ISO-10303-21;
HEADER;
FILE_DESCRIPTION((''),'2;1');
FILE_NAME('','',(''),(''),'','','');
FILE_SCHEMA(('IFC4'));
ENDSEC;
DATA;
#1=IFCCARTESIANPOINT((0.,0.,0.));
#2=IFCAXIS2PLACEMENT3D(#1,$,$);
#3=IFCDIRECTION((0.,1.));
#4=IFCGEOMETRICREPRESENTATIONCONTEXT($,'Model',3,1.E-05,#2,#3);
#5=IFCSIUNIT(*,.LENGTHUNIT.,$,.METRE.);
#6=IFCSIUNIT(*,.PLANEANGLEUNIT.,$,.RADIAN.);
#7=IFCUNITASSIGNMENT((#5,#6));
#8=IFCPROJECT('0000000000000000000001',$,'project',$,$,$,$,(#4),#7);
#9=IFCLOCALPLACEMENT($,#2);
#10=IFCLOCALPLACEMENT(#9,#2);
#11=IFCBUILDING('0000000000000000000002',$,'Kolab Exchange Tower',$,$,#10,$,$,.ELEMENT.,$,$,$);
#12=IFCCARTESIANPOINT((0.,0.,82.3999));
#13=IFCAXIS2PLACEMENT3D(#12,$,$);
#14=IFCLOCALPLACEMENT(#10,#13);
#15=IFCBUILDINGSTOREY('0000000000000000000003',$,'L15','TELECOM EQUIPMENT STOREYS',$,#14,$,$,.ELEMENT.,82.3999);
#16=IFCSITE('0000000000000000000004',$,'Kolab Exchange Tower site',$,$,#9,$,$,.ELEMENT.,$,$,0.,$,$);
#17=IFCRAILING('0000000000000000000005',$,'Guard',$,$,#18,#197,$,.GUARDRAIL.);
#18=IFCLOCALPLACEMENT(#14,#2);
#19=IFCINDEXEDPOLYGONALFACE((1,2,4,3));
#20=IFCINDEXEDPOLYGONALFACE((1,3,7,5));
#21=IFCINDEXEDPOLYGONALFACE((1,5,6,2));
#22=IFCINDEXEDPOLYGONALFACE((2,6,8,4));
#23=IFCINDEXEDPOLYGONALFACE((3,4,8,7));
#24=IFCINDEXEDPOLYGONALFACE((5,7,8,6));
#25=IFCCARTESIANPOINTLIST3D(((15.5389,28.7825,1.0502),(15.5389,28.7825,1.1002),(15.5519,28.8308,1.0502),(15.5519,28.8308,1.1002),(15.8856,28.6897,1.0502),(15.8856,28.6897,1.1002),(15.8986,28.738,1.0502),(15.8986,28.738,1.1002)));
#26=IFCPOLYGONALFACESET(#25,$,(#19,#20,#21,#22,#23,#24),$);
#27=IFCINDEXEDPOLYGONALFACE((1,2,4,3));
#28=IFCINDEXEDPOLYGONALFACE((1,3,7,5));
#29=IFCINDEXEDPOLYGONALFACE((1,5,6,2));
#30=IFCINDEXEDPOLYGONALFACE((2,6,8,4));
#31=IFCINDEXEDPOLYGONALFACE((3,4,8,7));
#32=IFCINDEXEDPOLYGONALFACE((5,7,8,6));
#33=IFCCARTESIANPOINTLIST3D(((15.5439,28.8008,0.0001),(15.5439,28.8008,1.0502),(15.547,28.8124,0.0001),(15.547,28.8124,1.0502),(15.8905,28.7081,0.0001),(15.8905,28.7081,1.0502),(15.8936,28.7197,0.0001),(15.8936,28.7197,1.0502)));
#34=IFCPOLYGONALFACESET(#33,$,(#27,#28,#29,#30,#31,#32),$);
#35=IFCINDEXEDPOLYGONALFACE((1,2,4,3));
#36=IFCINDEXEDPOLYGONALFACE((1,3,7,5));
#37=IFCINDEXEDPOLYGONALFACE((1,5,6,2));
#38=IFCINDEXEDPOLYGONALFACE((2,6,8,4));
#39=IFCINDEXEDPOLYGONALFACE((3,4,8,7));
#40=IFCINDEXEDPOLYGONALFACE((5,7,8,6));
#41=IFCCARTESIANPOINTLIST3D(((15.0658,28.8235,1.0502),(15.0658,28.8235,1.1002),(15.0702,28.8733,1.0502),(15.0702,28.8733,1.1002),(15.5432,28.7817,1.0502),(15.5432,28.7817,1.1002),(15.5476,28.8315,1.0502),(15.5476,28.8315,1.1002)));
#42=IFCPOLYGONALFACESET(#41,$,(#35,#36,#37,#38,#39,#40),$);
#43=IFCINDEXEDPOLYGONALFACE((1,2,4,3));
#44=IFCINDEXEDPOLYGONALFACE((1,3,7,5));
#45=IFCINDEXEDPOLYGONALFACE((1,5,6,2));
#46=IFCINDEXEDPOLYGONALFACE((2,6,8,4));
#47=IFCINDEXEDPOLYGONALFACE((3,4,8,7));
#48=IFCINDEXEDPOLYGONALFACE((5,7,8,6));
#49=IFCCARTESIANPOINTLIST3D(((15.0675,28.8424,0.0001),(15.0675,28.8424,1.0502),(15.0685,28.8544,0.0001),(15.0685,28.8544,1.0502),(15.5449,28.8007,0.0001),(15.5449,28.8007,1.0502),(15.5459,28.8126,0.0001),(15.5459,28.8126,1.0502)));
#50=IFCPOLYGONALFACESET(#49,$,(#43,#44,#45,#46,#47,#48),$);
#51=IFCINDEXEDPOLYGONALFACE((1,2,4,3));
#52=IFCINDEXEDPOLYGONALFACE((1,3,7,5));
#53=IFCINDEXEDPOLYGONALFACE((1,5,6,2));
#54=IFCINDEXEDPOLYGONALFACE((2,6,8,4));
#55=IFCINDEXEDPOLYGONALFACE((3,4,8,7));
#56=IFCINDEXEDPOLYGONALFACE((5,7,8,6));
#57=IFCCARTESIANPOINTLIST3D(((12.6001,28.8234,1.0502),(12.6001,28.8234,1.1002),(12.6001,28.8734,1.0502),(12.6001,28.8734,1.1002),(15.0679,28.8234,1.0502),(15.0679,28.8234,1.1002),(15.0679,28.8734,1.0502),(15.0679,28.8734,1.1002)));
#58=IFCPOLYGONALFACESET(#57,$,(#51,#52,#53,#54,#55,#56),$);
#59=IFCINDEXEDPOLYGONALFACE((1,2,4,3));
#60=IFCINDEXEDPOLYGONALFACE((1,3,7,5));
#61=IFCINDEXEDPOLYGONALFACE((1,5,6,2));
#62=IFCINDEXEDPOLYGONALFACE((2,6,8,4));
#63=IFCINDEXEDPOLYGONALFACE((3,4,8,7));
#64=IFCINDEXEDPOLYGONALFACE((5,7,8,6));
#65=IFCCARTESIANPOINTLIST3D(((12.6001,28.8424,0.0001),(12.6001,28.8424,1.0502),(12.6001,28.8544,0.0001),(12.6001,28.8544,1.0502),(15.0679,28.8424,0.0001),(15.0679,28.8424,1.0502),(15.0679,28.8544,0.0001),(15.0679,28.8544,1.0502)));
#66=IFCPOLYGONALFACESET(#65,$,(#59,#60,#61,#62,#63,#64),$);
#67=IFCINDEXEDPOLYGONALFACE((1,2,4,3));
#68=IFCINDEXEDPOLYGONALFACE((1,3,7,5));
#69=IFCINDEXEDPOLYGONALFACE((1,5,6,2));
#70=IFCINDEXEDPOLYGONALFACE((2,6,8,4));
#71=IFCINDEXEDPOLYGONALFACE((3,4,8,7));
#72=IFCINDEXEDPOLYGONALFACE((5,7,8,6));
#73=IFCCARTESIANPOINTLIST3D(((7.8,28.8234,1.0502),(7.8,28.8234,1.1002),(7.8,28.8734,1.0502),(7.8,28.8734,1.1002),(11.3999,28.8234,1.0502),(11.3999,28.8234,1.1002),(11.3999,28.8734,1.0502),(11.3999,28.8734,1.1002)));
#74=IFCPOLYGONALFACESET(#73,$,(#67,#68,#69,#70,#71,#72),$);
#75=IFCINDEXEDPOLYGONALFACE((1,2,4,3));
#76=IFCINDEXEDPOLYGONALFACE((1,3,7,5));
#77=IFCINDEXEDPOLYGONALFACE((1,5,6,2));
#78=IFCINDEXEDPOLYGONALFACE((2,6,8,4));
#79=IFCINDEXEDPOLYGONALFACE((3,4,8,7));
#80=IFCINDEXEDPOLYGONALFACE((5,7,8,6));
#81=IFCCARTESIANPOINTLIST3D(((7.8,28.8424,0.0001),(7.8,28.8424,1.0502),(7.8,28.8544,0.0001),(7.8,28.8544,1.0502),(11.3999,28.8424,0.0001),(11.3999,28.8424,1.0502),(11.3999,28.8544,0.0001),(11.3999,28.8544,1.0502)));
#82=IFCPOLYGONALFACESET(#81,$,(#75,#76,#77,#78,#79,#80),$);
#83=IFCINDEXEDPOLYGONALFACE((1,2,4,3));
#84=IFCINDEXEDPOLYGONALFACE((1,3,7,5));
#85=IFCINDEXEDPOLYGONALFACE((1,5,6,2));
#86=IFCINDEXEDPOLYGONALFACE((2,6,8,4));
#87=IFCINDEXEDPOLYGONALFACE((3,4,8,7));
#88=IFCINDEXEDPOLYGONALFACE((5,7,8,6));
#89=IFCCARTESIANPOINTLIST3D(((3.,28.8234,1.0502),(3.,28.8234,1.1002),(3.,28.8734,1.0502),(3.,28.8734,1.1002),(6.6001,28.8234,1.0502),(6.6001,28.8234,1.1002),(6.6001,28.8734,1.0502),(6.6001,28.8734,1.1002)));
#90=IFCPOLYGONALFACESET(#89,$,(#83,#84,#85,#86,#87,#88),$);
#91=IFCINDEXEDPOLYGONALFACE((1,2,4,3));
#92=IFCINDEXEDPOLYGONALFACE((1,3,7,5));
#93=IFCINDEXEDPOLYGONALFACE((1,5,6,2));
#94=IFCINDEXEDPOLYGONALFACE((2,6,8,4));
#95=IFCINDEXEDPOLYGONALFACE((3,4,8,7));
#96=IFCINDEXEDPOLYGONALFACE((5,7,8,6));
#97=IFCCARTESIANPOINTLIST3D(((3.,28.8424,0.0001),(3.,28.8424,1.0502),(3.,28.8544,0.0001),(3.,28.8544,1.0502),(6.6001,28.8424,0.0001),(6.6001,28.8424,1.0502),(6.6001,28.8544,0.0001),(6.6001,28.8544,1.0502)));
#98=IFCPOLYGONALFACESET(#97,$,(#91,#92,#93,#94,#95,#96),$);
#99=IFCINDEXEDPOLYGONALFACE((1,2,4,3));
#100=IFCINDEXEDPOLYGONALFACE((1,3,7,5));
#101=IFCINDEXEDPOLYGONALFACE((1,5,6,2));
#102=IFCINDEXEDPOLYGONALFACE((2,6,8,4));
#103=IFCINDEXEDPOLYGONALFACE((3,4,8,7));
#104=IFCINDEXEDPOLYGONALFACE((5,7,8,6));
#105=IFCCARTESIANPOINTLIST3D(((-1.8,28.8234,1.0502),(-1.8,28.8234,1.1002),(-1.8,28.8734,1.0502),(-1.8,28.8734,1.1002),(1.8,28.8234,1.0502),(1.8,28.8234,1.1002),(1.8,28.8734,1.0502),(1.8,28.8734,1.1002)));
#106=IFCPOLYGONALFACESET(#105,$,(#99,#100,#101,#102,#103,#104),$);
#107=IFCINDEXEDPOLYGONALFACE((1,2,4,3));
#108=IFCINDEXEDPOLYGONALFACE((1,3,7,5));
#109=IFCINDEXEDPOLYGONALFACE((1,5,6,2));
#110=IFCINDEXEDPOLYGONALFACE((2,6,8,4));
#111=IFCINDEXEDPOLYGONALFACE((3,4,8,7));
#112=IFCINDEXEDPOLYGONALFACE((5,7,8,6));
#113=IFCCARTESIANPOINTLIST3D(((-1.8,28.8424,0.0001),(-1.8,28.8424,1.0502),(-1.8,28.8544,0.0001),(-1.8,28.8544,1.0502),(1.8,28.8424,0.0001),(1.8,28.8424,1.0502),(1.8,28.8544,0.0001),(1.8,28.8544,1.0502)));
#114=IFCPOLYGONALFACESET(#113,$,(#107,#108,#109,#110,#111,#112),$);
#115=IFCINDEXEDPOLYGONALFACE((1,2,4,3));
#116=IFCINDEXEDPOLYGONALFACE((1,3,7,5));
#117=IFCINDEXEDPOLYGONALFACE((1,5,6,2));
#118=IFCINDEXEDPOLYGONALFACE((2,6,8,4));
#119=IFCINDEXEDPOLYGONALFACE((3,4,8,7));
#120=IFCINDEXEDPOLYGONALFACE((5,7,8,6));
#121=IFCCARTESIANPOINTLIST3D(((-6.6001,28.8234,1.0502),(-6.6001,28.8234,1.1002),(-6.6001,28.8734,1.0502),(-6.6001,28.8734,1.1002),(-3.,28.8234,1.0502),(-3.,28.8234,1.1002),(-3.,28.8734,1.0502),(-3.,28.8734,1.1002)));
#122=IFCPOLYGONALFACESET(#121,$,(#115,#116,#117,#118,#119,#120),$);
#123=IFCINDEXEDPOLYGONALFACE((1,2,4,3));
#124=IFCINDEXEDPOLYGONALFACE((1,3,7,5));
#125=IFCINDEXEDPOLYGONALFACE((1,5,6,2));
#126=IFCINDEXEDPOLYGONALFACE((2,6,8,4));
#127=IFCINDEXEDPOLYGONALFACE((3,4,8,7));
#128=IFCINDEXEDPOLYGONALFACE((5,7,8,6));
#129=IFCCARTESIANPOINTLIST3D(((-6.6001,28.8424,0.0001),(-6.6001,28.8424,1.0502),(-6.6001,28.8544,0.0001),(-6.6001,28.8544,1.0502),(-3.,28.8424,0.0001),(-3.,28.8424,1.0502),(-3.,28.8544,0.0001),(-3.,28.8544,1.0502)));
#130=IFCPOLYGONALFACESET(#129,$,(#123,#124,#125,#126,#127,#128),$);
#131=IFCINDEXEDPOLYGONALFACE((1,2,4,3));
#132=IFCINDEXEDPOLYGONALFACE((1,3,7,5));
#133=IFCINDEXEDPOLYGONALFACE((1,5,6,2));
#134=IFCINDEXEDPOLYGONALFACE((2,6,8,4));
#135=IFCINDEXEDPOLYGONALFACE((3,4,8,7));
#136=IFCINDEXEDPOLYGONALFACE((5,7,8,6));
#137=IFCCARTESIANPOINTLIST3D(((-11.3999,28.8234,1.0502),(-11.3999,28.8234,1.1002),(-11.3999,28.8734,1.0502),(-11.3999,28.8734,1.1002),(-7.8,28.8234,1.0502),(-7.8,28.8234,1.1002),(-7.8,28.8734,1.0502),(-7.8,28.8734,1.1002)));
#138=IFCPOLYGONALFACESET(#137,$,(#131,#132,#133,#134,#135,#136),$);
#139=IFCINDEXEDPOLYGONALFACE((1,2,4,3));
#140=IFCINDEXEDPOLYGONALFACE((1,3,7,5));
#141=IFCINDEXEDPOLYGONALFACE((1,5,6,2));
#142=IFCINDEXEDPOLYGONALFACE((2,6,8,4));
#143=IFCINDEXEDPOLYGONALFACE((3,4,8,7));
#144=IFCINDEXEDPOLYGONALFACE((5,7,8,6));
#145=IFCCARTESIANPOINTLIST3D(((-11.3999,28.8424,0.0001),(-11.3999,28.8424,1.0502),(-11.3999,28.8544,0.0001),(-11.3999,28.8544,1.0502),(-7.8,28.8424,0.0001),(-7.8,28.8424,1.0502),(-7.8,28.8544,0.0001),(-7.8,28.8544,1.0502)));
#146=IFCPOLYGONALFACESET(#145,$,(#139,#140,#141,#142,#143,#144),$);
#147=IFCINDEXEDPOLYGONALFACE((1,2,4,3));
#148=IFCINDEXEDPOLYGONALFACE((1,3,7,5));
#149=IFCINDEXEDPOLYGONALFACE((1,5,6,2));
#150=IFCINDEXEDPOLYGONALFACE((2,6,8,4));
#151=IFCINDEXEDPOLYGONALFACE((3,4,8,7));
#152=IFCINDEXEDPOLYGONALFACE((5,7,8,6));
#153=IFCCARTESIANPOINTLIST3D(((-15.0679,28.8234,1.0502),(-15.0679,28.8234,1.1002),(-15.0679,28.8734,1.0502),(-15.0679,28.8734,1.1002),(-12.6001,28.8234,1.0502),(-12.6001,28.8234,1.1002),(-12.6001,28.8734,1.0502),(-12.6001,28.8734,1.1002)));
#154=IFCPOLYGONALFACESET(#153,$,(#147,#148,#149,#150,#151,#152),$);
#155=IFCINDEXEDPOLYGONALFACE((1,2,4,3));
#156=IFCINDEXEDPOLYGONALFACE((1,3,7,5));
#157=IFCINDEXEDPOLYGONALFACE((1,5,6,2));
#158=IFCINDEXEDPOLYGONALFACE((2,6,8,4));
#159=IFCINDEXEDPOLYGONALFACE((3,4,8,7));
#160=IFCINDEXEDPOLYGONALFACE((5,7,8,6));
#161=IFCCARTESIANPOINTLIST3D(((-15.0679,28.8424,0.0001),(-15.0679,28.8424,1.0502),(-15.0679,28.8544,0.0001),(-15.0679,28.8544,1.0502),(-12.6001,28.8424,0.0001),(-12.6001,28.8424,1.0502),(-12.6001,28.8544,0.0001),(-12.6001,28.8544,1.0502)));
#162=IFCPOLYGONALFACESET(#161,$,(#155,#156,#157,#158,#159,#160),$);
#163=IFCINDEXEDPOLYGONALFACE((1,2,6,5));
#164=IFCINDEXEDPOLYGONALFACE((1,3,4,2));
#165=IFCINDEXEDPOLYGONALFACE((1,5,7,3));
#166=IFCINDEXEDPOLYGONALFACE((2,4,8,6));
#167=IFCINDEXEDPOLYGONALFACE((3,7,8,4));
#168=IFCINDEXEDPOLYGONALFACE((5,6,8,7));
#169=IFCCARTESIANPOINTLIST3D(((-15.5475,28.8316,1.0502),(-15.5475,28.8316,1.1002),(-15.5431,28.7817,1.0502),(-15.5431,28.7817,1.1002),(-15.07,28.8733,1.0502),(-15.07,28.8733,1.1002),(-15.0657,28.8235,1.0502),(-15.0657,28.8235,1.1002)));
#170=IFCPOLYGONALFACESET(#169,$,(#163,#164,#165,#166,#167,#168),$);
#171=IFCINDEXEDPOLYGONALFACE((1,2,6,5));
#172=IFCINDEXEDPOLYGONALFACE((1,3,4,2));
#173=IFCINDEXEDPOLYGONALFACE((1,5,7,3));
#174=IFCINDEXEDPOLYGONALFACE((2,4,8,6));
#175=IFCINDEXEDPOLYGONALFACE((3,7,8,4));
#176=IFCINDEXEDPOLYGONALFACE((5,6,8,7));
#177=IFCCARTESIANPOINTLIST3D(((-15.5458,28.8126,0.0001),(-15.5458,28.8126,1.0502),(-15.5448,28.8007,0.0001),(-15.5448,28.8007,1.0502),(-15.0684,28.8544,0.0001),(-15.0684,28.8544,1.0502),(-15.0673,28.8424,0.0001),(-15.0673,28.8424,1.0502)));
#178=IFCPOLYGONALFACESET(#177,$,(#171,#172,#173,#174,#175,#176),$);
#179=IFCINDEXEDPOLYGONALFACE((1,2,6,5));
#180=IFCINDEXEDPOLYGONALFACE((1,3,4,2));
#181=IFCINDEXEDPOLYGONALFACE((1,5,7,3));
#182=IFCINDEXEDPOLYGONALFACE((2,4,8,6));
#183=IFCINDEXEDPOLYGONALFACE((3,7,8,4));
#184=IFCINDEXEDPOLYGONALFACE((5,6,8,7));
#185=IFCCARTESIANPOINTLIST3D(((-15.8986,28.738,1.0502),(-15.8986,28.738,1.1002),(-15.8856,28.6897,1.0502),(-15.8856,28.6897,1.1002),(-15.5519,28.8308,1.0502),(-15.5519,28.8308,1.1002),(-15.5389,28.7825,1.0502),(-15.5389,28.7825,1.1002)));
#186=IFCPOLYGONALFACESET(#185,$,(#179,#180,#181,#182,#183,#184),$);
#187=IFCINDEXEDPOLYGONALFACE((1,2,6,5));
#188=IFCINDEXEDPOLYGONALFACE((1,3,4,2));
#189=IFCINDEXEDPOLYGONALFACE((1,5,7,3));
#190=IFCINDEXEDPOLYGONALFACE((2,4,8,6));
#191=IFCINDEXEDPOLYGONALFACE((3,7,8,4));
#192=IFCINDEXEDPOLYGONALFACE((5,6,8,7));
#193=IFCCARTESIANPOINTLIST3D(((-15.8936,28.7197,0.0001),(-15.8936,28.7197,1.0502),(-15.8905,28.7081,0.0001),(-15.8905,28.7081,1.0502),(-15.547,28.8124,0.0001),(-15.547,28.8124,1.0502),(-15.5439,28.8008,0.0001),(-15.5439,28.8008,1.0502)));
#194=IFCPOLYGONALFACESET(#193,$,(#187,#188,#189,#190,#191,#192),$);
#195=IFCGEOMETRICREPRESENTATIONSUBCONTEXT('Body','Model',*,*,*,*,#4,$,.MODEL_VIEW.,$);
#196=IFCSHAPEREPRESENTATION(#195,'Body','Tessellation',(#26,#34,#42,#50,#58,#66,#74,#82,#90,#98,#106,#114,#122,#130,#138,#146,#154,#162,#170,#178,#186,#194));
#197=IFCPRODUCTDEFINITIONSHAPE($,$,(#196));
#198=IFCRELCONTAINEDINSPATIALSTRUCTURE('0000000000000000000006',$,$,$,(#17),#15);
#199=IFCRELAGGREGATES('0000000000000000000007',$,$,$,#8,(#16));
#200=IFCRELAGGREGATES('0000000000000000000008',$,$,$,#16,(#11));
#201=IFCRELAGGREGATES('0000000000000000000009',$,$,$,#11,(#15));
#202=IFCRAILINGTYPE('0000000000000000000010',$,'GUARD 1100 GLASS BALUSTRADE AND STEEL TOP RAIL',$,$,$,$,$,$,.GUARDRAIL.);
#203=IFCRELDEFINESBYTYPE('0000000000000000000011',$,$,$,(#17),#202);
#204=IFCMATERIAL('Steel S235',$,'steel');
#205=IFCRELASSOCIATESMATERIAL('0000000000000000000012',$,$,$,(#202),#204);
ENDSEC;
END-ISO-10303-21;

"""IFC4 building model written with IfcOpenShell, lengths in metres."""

from ifc_helpers import new_model, si_unit, direction, frame, frame_2d, origin, origin_2d, place, context, subcontext, project, spatial, rectangle, extrude, material, type_object, element, save


model = new_model("IFC4")

# Units and contexts
model_context = context("Model", 3, precision=1e-05, world=origin(), true_north=direction((0.0, 1.0)))
body_context = subcontext(model_context, "Body", "Model", "MODEL_VIEW")
ifc_project = project(units=[si_unit("LENGTHUNIT", "METRE"), si_unit("PLANEANGLEUNIT", "RADIAN")], contexts=[model_context])

# Site, building, storey
site_placement = place(None, origin())
site = spatial("IfcSite", under=ifc_project, at=site_placement, Name="Kolab Exchange Tower site", CompositionType="ELEMENT", RefElevation=0.0)
building_placement = place(site_placement, origin())
building = spatial("IfcBuilding", under=site, at=building_placement, Name="Kolab Exchange Tower", CompositionType="ELEMENT")
storey_placement = place(building_placement, frame((0.0, 0.0, 82.3999)))
storey = spatial("IfcBuildingStorey", under=building, at=storey_placement, Name="L15", Description="TELECOM EQUIPMENT STOREYS", CompositionType="ELEMENT", Elevation=82.3999)

# Railing
ifc_material_1 = material(Name="Steel S235", Category="steel")
railing_type = type_object("IfcRailingType", Name="GUARD 1100 GLASS BALUSTRADE AND STEEL TOP RAIL", PredefinedType="GUARDRAIL", material=ifc_material_1)
railing_placement = place(storey_placement, frame((15.8921, 28.7139, 0.0)))
element("IfcRailing", 1, at=railing_placement, inside=storey, type_object=railing_type, Name="Guard", PredefinedType="GUARDRAIL", context=body_context, shape_type="SweptSolid", body=[
    extrude(rectangle(XDim=0.05, YDim=0.05, at=origin_2d()), frame((0.0, 0.0, 1.0752), z_axis=(-0.966009, 0.258509, 0.0), x_axis=(-0.258509, -0.966009, 0.0)), (0.0, 0.0, 1.0), 0.3589),
    extrude(rectangle(XDim=0.012, YDim=1.0501, at=frame_2d((0.0, 0.5251))), frame((0.0, 0.0, 0.0), z_axis=(-0.966009, 0.258509, 0.0), x_axis=(-0.258509, -0.966009, 0.0)), (0.0, 0.0, 1.0), 0.3589),
    extrude(rectangle(XDim=0.05, YDim=0.05, at=origin_2d()), frame((-0.3467, 0.0928, 1.0752), z_axis=(-0.9962, 0.087091, 0.0), x_axis=(-0.087091, -0.9962, 0.0)), (0.0, 0.0, 1.0), 0.4792),
    extrude(rectangle(XDim=0.012, YDim=1.0501, at=frame_2d((0.0, 0.5251))), frame((-0.3467, 0.0928, 0.0), z_axis=(-0.9962, 0.087091, 0.0), x_axis=(-0.087091, -0.9962, 0.0)), (0.0, 0.0, 1.0), 0.4792),
    extrude(rectangle(XDim=0.05, YDim=0.05, at=origin_2d()), frame((-0.8242, 0.1345, 1.0752), z_axis=(-1.0, 0.0, 0.0), x_axis=(0.0, -1.0, 0.0)), (0.0, 0.0, 1.0), 2.4678),
    extrude(rectangle(XDim=0.012, YDim=1.0501, at=frame_2d((0.0, 0.5251))), frame((-0.8242, 0.1345, 0.0), z_axis=(-1.0, 0.0, 0.0), x_axis=(0.0, -1.0, 0.0)), (0.0, 0.0, 1.0), 2.4678),
    extrude(rectangle(XDim=0.05, YDim=0.05, at=origin_2d()), frame((-4.4922, 0.1345, 1.0752), z_axis=(-1.0, 0.0, 0.0), x_axis=(0.0, -1.0, 0.0)), (0.0, 0.0, 1.0), 3.5999),
    extrude(rectangle(XDim=0.012, YDim=1.0501, at=frame_2d((0.0, 0.5251))), frame((-4.4922, 0.1345, 0.0), z_axis=(-1.0, 0.0, 0.0), x_axis=(0.0, -1.0, 0.0)), (0.0, 0.0, 1.0), 3.5999),
    extrude(rectangle(XDim=0.05, YDim=0.05, at=origin_2d()), frame((-9.292, 0.1345, 1.0752), z_axis=(-1.0, 0.0, 0.0), x_axis=(0.0, -1.0, 0.0)), (0.0, 0.0, 1.0), 3.6001),
    extrude(rectangle(XDim=0.012, YDim=1.0501, at=frame_2d((0.0, 0.5251))), frame((-9.292, 0.1345, 0.0), z_axis=(-1.0, 0.0, 0.0), x_axis=(0.0, -1.0, 0.0)), (0.0, 0.0, 1.0), 3.6001),
    extrude(rectangle(XDim=0.05, YDim=0.05, at=origin_2d()), frame((-14.092, 0.1345, 1.0752), z_axis=(-1.0, 0.0, 0.0), x_axis=(0.0, -1.0, 0.0)), (0.0, 0.0, 1.0), 3.6001),
    extrude(rectangle(XDim=0.012, YDim=1.0501, at=frame_2d((0.0, 0.5251))), frame((-14.092, 0.1345, 0.0), z_axis=(-1.0, 0.0, 0.0), x_axis=(0.0, -1.0, 0.0)), (0.0, 0.0, 1.0), 3.6001),
    extrude(rectangle(XDim=0.05, YDim=0.05, at=origin_2d()), frame((-18.8921, 0.1345, 1.0752), z_axis=(-1.0, 0.0, 0.0), x_axis=(0.0, -1.0, 0.0)), (0.0, 0.0, 1.0), 3.6001),
    extrude(rectangle(XDim=0.012, YDim=1.0501, at=frame_2d((0.0, 0.5251))), frame((-18.8921, 0.1345, 0.0), z_axis=(-1.0, 0.0, 0.0), x_axis=(0.0, -1.0, 0.0)), (0.0, 0.0, 1.0), 3.6001),
    extrude(rectangle(XDim=0.05, YDim=0.05, at=origin_2d()), frame((-23.6921, 0.1345, 1.0752), z_axis=(-1.0, 0.0, 0.0), x_axis=(0.0, -1.0, 0.0)), (0.0, 0.0, 1.0), 3.5999),
    extrude(rectangle(XDim=0.012, YDim=1.0501, at=frame_2d((0.0, 0.5251))), frame((-23.6921, 0.1345, 0.0), z_axis=(-1.0, 0.0, 0.0), x_axis=(0.0, -1.0, 0.0)), (0.0, 0.0, 1.0), 3.5999),
    extrude(rectangle(XDim=0.05, YDim=0.05, at=origin_2d()), frame((-28.4922, 0.1345, 1.0752), z_axis=(-1.0, 0.0, 0.0), x_axis=(0.0, -1.0, 0.0)), (0.0, 0.0, 1.0), 2.4678),
    extrude(rectangle(XDim=0.012, YDim=1.0501, at=frame_2d((0.0, 0.5251))), frame((-28.4922, 0.1345, 0.0), z_axis=(-1.0, 0.0, 0.0), x_axis=(0.0, -1.0, 0.0)), (0.0, 0.0, 1.0), 2.4678),
    extrude(rectangle(XDim=0.05, YDim=0.05, at=origin_2d()), frame((-30.96, 0.1345, 1.0752), z_axis=(-0.9962, -0.087091, 0.0), x_axis=(0.087091, -0.9962, 0.0)), (0.0, 0.0, 1.0), 0.4792),
    extrude(rectangle(XDim=0.012, YDim=1.0501, at=frame_2d((0.0, 0.5251))), frame((-30.96, 0.1345, 0.0), z_axis=(-0.9962, -0.087091, 0.0), x_axis=(0.087091, -0.9962, 0.0)), (0.0, 0.0, 1.0), 0.4792),
    extrude(rectangle(XDim=0.05, YDim=0.05, at=origin_2d()), frame((-31.4375, 0.0928, 1.0752), z_axis=(-0.966009, -0.258509, 0.0), x_axis=(0.258509, -0.966009, 0.0)), (0.0, 0.0, 1.0), 0.3589),
    extrude(rectangle(XDim=0.012, YDim=1.0501, at=frame_2d((0.0, 0.5251))), frame((-31.4375, 0.0928, 0.0), z_axis=(-0.966009, -0.258509, 0.0), x_axis=(0.258509, -0.966009, 0.0)), (0.0, 0.0, 1.0), 0.3589),
])

save(model, "model.ifc")
